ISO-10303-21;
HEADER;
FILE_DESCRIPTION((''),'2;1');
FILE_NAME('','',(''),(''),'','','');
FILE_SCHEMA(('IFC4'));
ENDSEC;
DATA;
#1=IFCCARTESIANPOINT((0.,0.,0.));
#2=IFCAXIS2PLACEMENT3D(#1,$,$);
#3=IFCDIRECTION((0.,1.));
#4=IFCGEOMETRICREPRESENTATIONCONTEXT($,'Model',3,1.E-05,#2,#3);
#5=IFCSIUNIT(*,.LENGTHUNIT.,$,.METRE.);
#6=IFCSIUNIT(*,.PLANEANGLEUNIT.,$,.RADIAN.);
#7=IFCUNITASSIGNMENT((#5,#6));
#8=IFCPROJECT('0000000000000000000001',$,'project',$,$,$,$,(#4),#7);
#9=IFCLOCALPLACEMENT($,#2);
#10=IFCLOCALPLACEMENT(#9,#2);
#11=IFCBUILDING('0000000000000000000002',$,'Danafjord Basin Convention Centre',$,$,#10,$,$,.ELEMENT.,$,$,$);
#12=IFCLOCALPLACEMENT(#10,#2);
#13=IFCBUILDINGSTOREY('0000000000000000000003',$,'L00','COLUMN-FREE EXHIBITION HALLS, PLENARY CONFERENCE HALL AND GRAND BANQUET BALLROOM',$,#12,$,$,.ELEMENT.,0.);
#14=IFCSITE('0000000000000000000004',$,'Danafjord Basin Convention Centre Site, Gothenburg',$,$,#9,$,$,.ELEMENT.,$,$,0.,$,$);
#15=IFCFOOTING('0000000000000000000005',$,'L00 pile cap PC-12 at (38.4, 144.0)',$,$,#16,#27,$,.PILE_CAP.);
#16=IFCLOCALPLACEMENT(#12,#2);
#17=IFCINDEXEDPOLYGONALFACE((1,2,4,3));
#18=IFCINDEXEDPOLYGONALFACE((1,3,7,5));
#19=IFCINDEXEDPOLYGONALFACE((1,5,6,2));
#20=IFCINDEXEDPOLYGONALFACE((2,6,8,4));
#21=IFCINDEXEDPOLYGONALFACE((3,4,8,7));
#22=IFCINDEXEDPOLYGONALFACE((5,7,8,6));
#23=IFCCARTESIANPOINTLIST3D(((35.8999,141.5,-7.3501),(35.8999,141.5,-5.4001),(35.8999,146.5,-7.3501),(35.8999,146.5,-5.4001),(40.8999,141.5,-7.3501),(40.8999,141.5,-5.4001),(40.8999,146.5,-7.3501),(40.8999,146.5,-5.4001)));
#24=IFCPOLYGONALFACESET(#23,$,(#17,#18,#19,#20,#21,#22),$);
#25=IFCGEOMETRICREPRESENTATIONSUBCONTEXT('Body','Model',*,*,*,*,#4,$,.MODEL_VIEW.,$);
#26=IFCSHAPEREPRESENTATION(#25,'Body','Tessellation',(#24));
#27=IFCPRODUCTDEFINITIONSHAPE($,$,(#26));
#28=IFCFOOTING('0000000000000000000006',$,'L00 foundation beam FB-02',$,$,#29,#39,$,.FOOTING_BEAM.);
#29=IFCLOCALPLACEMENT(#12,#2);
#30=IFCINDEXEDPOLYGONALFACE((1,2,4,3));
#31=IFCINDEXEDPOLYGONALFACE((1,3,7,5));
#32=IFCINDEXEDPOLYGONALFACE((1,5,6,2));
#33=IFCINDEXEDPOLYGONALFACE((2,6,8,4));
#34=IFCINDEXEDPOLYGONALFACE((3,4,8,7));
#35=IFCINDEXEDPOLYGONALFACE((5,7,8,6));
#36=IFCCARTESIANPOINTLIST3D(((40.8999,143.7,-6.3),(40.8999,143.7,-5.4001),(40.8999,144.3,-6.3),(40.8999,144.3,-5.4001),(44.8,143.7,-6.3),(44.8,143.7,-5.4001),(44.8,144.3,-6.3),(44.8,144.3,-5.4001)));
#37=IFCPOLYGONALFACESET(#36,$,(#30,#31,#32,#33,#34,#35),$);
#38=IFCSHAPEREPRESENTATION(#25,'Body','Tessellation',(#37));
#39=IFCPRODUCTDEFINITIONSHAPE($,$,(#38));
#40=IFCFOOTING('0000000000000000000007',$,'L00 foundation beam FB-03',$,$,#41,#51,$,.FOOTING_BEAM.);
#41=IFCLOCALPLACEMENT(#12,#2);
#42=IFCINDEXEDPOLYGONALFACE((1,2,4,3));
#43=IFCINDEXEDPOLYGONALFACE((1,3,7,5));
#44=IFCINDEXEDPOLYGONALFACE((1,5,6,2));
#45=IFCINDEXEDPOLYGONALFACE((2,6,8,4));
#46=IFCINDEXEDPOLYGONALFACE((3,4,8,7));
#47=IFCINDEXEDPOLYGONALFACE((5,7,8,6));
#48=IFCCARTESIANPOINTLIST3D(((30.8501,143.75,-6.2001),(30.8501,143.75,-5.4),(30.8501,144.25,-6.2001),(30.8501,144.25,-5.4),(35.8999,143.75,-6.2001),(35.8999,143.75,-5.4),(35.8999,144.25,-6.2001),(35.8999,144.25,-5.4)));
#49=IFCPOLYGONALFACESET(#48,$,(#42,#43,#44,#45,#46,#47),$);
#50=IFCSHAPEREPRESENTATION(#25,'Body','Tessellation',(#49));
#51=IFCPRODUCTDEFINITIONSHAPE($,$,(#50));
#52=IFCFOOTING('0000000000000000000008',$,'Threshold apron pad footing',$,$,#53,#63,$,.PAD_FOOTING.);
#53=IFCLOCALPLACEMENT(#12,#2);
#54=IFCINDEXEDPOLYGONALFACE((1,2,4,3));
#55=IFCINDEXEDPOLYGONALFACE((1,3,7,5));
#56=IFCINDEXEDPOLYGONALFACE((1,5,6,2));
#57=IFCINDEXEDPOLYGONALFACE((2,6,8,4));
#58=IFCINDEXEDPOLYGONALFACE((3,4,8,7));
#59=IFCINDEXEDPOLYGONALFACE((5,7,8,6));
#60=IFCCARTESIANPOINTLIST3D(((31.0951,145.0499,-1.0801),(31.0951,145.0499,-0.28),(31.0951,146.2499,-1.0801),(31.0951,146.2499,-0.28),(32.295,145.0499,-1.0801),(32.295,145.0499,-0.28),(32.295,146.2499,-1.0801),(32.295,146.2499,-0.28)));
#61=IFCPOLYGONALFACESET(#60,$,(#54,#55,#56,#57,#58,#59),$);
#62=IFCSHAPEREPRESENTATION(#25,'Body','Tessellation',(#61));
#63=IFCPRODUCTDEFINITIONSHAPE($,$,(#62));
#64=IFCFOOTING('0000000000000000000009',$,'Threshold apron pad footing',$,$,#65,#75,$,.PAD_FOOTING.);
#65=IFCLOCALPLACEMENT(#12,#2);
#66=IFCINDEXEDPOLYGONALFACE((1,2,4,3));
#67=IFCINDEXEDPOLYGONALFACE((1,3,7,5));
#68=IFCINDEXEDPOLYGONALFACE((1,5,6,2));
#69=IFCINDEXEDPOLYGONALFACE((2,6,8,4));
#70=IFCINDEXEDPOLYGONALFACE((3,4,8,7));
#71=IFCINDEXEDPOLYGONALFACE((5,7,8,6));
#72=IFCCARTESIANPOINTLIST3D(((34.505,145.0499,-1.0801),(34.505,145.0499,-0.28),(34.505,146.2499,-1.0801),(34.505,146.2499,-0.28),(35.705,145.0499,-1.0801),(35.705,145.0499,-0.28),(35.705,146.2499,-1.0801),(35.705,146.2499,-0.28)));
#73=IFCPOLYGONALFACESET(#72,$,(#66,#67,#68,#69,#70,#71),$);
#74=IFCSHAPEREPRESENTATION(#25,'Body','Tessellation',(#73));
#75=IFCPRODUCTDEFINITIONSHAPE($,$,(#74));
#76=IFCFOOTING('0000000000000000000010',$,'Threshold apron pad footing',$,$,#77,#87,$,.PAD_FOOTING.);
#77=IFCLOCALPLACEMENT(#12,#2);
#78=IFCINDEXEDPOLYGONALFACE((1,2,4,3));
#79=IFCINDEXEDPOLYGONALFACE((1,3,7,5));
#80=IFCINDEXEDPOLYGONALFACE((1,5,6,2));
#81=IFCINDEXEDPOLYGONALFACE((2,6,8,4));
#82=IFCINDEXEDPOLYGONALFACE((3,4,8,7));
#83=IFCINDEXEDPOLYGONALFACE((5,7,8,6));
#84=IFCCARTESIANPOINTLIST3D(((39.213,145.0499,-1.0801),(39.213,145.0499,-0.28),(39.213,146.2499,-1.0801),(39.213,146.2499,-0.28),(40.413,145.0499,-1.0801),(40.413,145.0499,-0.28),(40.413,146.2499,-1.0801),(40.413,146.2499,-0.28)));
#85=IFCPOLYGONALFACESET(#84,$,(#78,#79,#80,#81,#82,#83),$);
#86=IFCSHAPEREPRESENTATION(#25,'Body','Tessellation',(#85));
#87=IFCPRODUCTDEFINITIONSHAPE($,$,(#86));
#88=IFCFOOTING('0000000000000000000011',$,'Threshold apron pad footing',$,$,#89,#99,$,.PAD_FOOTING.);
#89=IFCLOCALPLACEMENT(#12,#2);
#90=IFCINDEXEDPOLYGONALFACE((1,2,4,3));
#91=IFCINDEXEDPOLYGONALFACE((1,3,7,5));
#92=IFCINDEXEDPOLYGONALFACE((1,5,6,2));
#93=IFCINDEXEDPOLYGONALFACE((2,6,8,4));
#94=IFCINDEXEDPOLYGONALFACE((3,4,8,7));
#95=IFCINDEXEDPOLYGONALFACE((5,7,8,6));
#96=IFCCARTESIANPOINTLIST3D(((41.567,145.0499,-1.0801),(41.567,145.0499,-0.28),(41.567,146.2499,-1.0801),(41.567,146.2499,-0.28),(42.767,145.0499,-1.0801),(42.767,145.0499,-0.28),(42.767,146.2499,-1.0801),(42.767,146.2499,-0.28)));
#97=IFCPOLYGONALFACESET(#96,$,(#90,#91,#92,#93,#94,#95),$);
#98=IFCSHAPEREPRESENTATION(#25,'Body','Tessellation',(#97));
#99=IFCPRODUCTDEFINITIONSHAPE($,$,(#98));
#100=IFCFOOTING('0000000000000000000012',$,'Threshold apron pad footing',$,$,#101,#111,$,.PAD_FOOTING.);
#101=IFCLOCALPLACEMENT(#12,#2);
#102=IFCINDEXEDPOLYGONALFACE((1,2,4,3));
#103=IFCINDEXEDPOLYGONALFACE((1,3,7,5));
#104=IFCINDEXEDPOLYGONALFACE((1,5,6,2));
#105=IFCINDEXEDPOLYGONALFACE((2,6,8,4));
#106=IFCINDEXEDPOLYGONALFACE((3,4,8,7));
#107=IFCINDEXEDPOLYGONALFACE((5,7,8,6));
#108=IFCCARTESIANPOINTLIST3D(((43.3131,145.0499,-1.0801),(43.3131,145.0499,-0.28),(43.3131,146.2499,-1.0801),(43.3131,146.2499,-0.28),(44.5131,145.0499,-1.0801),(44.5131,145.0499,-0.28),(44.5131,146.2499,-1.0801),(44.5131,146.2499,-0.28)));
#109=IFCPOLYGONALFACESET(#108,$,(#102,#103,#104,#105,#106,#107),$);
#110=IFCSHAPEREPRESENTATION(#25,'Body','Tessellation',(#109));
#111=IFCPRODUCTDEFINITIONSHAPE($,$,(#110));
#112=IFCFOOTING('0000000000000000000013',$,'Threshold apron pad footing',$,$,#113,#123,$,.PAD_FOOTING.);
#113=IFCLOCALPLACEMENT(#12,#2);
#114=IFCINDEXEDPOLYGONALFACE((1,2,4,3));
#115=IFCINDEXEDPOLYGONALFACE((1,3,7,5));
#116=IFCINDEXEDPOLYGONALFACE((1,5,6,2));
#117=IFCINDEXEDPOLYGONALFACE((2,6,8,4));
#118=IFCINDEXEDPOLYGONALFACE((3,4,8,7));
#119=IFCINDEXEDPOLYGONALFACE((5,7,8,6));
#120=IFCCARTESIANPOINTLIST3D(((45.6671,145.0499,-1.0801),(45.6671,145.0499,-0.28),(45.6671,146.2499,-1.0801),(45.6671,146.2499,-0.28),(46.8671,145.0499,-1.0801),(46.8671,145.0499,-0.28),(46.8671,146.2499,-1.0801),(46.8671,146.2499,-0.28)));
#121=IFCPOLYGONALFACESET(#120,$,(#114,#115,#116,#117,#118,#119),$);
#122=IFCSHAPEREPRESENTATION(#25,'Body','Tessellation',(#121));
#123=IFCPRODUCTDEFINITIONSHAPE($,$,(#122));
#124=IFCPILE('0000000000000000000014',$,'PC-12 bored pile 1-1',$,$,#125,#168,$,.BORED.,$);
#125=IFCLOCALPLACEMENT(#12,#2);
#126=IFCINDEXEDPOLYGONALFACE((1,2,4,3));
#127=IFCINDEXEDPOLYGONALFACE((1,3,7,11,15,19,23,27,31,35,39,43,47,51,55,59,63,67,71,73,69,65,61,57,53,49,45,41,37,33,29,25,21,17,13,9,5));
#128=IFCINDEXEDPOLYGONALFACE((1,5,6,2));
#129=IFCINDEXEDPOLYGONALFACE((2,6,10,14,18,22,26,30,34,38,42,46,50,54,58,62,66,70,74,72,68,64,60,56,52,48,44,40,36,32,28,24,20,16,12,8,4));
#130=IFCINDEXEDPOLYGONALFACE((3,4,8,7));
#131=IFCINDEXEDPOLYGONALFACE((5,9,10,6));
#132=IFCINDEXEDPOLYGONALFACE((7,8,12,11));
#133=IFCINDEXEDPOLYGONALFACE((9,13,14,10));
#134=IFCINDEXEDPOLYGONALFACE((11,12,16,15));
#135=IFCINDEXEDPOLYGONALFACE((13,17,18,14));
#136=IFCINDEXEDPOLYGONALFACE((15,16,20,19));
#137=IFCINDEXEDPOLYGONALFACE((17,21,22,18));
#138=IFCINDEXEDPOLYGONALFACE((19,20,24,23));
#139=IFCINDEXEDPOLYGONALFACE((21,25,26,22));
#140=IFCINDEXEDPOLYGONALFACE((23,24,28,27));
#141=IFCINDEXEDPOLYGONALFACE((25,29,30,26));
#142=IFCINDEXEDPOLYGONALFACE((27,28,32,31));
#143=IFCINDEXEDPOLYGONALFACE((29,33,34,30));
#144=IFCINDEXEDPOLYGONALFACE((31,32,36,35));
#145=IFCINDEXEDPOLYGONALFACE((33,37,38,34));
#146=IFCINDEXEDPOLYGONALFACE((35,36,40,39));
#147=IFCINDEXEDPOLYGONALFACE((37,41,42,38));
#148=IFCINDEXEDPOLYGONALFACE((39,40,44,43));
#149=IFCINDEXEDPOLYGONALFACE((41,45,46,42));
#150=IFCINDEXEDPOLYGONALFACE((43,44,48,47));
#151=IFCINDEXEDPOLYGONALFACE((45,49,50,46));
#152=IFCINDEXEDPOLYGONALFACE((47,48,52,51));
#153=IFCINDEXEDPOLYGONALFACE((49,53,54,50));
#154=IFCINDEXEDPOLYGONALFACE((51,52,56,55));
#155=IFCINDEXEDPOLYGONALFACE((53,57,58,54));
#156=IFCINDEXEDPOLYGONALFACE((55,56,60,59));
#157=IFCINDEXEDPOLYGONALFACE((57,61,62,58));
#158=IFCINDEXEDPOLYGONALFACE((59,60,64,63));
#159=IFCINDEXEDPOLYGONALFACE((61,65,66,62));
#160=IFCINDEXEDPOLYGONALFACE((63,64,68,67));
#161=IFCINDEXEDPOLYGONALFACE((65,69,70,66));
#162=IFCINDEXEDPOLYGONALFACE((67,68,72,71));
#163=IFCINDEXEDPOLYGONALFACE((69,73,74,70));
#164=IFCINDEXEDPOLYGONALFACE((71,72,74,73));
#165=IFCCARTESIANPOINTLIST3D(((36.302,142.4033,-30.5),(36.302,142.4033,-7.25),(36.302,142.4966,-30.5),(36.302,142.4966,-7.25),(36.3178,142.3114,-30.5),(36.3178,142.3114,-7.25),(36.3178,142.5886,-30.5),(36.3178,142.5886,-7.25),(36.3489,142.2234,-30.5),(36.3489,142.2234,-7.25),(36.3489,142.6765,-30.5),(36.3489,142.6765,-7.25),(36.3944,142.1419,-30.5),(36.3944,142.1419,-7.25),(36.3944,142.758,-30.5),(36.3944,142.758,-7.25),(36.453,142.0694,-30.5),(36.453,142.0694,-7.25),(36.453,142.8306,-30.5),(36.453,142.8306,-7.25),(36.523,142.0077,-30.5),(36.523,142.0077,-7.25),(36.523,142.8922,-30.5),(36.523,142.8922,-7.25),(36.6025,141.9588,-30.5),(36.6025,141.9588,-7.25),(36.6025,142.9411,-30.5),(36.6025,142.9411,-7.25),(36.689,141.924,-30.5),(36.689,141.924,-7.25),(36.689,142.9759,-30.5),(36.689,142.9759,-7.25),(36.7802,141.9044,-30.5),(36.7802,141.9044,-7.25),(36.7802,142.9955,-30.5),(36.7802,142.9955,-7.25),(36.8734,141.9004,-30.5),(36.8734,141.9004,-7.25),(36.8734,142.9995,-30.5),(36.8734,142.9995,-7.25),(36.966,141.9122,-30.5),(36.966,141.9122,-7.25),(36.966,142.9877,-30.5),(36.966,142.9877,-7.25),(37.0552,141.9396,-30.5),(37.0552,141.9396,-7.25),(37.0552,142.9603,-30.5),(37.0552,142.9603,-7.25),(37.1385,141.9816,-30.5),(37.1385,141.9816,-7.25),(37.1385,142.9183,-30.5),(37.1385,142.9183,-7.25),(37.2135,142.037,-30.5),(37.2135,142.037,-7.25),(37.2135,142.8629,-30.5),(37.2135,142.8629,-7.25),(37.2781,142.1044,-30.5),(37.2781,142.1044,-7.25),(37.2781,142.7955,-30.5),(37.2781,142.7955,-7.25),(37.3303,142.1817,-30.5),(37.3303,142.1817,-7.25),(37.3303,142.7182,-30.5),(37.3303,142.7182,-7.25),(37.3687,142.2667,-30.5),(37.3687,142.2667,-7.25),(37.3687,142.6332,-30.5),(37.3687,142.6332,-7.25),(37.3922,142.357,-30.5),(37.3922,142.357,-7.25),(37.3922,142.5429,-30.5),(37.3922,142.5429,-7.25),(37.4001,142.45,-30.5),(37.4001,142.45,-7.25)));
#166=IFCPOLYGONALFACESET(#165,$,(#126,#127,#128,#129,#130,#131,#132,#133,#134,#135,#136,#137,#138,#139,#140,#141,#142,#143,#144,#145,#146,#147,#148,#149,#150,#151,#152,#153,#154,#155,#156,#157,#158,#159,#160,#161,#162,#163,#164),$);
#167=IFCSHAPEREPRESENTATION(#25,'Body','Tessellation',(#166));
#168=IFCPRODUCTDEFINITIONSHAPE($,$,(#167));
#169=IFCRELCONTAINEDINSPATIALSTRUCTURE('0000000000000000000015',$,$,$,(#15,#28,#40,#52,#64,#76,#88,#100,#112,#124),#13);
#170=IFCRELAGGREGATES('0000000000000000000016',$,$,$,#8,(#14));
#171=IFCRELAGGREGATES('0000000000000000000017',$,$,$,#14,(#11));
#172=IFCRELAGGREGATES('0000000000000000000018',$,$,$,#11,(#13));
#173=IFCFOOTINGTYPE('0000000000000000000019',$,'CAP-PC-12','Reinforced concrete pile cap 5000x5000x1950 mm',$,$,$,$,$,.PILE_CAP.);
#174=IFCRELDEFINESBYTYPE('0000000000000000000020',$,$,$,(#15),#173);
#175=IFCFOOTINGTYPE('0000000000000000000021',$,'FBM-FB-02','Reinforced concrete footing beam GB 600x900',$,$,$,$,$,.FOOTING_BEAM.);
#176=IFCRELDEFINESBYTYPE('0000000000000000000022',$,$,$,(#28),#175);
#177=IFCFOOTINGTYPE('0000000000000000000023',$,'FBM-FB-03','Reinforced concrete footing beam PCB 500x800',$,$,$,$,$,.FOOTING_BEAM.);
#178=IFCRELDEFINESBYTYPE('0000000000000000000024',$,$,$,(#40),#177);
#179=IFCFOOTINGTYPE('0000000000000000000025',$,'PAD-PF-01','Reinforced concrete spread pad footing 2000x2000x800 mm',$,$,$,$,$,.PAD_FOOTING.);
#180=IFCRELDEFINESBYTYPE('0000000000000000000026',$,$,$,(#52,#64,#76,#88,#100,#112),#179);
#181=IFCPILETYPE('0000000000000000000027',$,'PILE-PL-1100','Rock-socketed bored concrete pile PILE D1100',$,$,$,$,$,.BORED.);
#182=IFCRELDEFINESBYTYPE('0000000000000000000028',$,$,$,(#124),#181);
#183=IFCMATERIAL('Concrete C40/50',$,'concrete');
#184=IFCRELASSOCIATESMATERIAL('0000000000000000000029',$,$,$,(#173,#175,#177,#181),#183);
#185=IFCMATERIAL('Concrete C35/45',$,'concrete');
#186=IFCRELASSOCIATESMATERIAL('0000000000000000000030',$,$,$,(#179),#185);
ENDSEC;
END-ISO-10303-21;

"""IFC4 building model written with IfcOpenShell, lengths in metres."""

from ifc_helpers import new_model, si_unit, direction, frame, origin, origin_2d, place, context, subcontext, project, spatial, rectangle, circle, extrude, material, material_profile, profile_set, type_object, element, save


model = new_model("IFC4")

# Units and contexts
model_context = context("Model", 3, precision=1e-05, world=origin(), true_north=direction((0.0, 1.0)))
body_context = subcontext(model_context, "Body", "Model", "MODEL_VIEW")
ifc_project = project(units=[si_unit("LENGTHUNIT", "METRE"), si_unit("PLANEANGLEUNIT", "RADIAN")], contexts=[model_context])

# Site, building, storey
site_placement = place(None, origin())
site = spatial("IfcSite", under=ifc_project, at=site_placement, Name="Danafjord Basin Convention Centre Site, Gothenburg", CompositionType="ELEMENT", RefElevation=0.0)
building_placement = place(site_placement, origin())
building = spatial("IfcBuilding", under=site, at=building_placement, Name="Danafjord Basin Convention Centre", CompositionType="ELEMENT")
storey_placement = place(building_placement, origin())
storey = spatial("IfcBuildingStorey", under=building, at=storey_placement, Name="L00", Description="COLUMN-FREE EXHIBITION HALLS, PLENARY CONFERENCE HALL AND GRAND BANQUET BALLROOM", CompositionType="ELEMENT", Elevation=0.0)

# Footings
ifc_material_1 = material(Name="Concrete C40/50", Category="concrete")
footing_type_1 = type_object("IfcFootingType", Name="CAP-PC-12", Description="Reinforced concrete pile cap 5000x5000x1950 mm", PredefinedType="PILE_CAP", material=ifc_material_1)
footing_1_placement = place(storey_placement, frame((38.3999, 144.0, -7.3501), z_axis=(0.0, 0.0, 1.0), x_axis=(1.0, 0.0, 0.0)))
element("IfcFooting", 1, at=footing_1_placement, inside=storey, type_object=footing_type_1, Name="L00 pile cap PC-12 at (38.4, 144.0)", PredefinedType="PILE_CAP", context=body_context, shape_type="SweptSolid", body=[
    extrude(rectangle(XDim=5.0, YDim=5.0, at=origin_2d()), origin(), (0.0, 0.0, 1.0), 1.95),
])
ifc_material_profile_1 = material_profile(ifc_material_1, rectangle(XDim=0.6001, YDim=0.8999, at=origin_2d()), Name="GB 600x900")
ifc_profile_set_1 = profile_set([ifc_material_profile_1], Name="Concrete C40/50")
footing_type_2 = type_object("IfcFootingType", Name="FBM-FB-02", Description="Reinforced concrete footing beam GB 600x900", PredefinedType="FOOTING_BEAM", material=ifc_profile_set_1)
footing_2_placement = place(storey_placement, frame((40.8999, 144.0, -5.8501), z_axis=(1.0, 0.0, 0.0), x_axis=(0.0, 1.0, 0.0)))
element("IfcFooting", 2, at=footing_2_placement, inside=storey, type_object=footing_type_2, Name="L00 foundation beam FB-02", PredefinedType="FOOTING_BEAM", context=body_context, shape_type="SweptSolid", body=[
    extrude(rectangle(XDim=0.6001, YDim=0.8999, at=origin_2d()), origin(), (0.0, 0.0, 1.0), 3.9001),
])
ifc_material_profile_2 = material_profile(ifc_material_1, rectangle(XDim=0.5, YDim=0.8, at=origin_2d()), Name="PCB 500x800")
ifc_profile_set_2 = profile_set([ifc_material_profile_2], Name="Concrete C40/50")
footing_type_3 = type_object("IfcFootingType", Name="FBM-FB-03", Description="Reinforced concrete footing beam PCB 500x800", PredefinedType="FOOTING_BEAM", material=ifc_profile_set_2)
footing_3_placement = place(storey_placement, frame((30.8501, 144.0, -5.8), z_axis=(1.0, 0.0, 0.0), x_axis=(0.0, 1.0, 0.0)))
element("IfcFooting", 3, at=footing_3_placement, inside=storey, type_object=footing_type_3, Name="L00 foundation beam FB-03", PredefinedType="FOOTING_BEAM", context=body_context, shape_type="SweptSolid", body=[
    extrude(rectangle(XDim=0.5, YDim=0.8, at=origin_2d()), origin(), (0.0, 0.0, 1.0), 5.0498),
])
ifc_material_2 = material(Name="Concrete C35/45", Category="concrete")
footing_type_4 = type_object("IfcFootingType", Name="PAD-PF-01", Description="Reinforced concrete spread pad footing 2000x2000x800 mm", PredefinedType="PAD_FOOTING", material=ifc_material_2)
for number, where, z_axis, x_axis, name in (
    (4, (31.6951, 145.6499, -1.0801), (0.0, 0.0, 1.0), (1.0, 0.0, 0.0), "Threshold apron pad footing"),
    (5, (35.105, 145.6499, -1.0801), (0.0, 0.0, 1.0), (1.0, 0.0, 0.0), "Threshold apron pad footing"),
    (6, (39.813, 145.6499, -1.0801), (0.0, 0.0, 1.0), (1.0, 0.0, 0.0), "Threshold apron pad footing"),
    (7, (42.167, 145.6499, -1.0801), (0.0, 0.0, 1.0), (1.0, 0.0, 0.0), "Threshold apron pad footing"),
    (8, (43.9131, 145.6499, -1.0801), (0.0, 0.0, 1.0), (1.0, 0.0, 0.0), "Threshold apron pad footing"),
    (9, (46.2671, 145.6499, -1.0801), (0.0, 0.0, 1.0), (1.0, 0.0, 0.0), "Threshold apron pad footing"),
):
    element("IfcFooting", number, at=place(storey_placement, frame(where, z_axis=z_axis, x_axis=x_axis)), inside=storey, type_object=footing_type_4, Name=name, PredefinedType="PAD_FOOTING", context=body_context, shape_type="SweptSolid", body=[
        extrude(rectangle(XDim=1.2, YDim=1.2, at=origin_2d()), origin(), (0.0, 0.0, 1.0), 0.8),
    ])

# Pile
ifc_material_profile_3 = material_profile(ifc_material_1, circle(Radius=0.55, at=origin_2d()), Name="PILE D1100")
ifc_profile_set_3 = profile_set([ifc_material_profile_3], Name="Concrete C40/50")
pile_type_1 = type_object("IfcPileType", Name="PILE-PL-1100", Description="Rock-socketed bored concrete pile PILE D1100", PredefinedType="BORED", material=ifc_profile_set_3)
for number, where, z_axis, x_axis, name in (
    (10, (36.8501, 142.45, -7.25), (0.0, 0.0, -1.0), (1.0, 0.0, 0.0), "PC-12 bored pile 1-1"),
):
    element("IfcPile", number, at=place(storey_placement, frame(where, z_axis=z_axis, x_axis=x_axis)), inside=storey, type_object=pile_type_1, Name=name, PredefinedType="BORED", context=body_context, shape_type="SweptSolid", body=[
        extrude(circle(Radius=0.55, at=origin_2d()), origin(), (0.0, 0.0, 1.0), 23.25),
    ])

save(model, "model.ifc")
